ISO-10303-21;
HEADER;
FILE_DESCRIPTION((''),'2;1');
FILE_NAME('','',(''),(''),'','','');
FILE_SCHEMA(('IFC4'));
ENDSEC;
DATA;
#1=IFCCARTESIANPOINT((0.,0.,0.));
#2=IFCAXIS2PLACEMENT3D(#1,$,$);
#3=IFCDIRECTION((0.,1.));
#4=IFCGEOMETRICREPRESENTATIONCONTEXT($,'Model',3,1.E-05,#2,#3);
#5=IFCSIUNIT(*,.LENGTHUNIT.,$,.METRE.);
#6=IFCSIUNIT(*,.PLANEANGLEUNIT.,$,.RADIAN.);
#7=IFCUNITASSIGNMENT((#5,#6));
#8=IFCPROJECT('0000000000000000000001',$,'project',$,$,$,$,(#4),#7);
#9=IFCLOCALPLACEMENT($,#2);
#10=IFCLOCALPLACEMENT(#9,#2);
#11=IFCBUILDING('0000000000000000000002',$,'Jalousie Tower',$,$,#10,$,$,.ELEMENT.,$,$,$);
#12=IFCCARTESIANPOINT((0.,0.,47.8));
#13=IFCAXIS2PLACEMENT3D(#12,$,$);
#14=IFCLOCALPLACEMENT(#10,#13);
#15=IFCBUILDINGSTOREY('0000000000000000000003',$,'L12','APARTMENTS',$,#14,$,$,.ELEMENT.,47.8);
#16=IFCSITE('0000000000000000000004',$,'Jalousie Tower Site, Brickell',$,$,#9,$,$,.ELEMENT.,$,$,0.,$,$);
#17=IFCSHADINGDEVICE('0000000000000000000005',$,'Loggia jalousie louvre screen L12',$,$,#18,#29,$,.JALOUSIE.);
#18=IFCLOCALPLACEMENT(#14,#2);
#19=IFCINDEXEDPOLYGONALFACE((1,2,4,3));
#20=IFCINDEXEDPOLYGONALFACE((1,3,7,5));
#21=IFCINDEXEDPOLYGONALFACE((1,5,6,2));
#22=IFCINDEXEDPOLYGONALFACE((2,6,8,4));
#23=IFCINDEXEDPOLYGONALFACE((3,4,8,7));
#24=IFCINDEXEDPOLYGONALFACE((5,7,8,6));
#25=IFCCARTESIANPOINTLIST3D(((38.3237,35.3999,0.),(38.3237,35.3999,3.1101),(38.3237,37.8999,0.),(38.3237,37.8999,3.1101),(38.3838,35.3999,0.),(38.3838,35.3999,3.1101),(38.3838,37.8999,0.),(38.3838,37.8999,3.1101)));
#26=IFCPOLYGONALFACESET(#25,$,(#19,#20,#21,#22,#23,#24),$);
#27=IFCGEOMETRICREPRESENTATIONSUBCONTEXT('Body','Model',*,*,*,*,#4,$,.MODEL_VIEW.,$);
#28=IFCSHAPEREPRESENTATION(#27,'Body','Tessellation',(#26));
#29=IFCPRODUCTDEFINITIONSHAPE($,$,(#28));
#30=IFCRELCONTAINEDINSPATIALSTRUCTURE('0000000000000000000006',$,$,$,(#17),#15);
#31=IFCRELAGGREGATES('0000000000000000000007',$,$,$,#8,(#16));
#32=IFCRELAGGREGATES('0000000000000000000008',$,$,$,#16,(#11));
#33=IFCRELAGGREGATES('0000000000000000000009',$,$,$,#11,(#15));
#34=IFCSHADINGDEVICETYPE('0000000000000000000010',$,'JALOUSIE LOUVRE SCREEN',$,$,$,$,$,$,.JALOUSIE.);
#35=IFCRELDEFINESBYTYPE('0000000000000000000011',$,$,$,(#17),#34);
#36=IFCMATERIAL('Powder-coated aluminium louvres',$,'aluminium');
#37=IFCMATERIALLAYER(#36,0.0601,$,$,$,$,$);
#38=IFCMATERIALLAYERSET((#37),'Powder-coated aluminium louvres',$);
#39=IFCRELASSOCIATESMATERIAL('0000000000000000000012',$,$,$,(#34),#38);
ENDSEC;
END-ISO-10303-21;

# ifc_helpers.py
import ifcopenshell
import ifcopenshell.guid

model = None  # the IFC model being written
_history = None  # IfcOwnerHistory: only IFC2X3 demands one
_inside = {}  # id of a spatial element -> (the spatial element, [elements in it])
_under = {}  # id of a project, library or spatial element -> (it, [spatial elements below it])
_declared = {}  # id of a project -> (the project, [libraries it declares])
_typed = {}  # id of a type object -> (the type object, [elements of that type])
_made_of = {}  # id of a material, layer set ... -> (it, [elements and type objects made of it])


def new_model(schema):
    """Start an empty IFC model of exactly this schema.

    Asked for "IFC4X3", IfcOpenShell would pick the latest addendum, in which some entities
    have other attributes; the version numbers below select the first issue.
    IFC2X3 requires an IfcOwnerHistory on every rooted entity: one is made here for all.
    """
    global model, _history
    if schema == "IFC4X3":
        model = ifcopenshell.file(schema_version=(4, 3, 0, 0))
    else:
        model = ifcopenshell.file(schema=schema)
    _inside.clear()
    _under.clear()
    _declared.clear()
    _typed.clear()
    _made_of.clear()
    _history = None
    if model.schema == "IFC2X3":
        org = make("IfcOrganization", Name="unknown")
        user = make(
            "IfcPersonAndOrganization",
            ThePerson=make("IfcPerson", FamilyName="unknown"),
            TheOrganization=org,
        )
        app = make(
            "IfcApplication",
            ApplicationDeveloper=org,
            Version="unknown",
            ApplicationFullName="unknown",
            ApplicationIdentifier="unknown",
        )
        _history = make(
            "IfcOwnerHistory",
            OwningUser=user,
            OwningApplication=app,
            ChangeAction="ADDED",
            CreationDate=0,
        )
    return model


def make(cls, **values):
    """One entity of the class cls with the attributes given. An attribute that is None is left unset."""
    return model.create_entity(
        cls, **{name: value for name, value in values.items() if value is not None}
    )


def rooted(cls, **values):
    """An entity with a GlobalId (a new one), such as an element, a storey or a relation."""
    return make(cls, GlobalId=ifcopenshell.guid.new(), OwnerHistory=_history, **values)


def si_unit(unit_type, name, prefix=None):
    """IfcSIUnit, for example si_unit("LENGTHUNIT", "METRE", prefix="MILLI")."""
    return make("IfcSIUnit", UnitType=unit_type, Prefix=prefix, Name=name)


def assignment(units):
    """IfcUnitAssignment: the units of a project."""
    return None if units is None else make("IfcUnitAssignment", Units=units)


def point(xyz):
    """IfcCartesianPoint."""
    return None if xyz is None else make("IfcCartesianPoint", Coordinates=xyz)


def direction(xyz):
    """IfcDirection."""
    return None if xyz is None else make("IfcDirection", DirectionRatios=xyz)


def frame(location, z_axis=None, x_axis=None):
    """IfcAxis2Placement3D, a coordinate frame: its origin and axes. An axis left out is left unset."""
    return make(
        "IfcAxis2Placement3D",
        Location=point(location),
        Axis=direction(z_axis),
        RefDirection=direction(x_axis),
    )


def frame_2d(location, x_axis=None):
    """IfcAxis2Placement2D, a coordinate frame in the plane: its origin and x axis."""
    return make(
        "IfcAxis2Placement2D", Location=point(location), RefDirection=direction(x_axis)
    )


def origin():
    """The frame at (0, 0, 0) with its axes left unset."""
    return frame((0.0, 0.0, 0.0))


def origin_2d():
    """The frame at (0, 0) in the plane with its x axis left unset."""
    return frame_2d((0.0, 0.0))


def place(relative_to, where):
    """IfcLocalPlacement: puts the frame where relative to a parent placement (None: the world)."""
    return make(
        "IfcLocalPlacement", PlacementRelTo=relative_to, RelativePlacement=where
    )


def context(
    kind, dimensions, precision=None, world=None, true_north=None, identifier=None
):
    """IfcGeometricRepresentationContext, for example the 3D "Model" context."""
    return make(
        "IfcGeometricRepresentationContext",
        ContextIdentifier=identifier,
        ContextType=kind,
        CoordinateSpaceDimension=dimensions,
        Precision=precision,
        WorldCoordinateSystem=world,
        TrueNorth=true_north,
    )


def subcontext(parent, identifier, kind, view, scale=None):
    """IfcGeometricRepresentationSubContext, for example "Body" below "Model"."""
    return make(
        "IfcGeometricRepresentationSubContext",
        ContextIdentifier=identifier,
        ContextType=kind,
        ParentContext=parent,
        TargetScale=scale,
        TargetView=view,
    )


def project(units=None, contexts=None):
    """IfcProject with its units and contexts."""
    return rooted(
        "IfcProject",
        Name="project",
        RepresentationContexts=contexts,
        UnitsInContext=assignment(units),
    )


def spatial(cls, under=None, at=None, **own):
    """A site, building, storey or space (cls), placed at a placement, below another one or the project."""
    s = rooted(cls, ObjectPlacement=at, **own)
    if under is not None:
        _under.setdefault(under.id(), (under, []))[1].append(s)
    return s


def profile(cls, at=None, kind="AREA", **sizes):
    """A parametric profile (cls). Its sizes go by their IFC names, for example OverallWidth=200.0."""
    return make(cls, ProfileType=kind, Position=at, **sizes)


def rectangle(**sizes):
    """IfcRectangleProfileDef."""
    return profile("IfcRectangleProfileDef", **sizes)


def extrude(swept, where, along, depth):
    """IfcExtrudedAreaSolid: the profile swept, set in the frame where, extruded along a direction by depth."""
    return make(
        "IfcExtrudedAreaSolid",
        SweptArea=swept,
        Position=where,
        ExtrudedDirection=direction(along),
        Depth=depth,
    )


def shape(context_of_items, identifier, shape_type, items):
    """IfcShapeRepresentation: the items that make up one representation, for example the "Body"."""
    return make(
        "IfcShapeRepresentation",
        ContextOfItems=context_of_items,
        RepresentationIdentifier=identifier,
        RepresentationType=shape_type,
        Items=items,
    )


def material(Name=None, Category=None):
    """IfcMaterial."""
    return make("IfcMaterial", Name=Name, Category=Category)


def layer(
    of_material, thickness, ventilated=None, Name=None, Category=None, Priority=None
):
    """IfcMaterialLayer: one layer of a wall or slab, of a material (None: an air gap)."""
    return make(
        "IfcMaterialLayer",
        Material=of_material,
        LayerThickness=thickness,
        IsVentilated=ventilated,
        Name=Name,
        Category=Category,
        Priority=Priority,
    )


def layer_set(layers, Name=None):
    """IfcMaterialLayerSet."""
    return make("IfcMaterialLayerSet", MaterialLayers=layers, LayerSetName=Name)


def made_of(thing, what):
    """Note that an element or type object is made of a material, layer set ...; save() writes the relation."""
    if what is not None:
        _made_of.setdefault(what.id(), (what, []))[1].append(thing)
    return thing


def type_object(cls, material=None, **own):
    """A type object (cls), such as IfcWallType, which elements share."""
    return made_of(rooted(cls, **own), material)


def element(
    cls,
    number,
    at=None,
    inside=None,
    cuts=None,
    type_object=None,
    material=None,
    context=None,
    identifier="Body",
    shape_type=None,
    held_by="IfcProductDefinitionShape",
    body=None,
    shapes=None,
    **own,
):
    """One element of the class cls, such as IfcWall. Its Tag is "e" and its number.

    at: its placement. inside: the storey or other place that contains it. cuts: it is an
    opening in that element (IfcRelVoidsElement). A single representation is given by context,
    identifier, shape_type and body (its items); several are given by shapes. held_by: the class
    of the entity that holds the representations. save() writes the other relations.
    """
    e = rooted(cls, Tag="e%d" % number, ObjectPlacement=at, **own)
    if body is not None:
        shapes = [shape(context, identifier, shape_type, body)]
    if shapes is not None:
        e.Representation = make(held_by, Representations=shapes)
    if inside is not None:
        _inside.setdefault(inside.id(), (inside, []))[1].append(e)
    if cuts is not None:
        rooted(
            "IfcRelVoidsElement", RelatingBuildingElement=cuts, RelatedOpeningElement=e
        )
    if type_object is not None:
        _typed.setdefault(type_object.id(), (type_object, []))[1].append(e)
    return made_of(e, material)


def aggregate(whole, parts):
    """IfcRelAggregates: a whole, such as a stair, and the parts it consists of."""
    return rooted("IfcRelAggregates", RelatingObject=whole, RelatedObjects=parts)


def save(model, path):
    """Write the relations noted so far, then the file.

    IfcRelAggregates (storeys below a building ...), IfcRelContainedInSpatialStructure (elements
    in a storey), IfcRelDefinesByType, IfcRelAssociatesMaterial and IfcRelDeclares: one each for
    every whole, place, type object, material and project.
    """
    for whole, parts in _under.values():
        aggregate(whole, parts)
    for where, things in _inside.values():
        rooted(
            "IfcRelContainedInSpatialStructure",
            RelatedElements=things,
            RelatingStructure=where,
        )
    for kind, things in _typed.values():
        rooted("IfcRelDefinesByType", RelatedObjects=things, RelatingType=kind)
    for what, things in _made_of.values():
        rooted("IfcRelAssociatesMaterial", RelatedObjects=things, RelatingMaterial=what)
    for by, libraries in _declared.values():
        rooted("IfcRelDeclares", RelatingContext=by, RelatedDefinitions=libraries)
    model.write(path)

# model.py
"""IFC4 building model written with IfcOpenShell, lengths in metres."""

from ifc_helpers import new_model, si_unit, direction, frame, origin, origin_2d, place, context, subcontext, project, spatial, rectangle, extrude, material, layer, layer_set, type_object, element, save


model = new_model("IFC4")

# Units and contexts
model_context = context("Model", 3, precision=1e-05, world=origin(), true_north=direction((0.0, 1.0)))
body_context = subcontext(model_context, "Body", "Model", "MODEL_VIEW")
ifc_project = project(units=[si_unit("LENGTHUNIT", "METRE"), si_unit("PLANEANGLEUNIT", "RADIAN")], contexts=[model_context])

# Site, building, storey
site_placement = place(None, origin())
site = spatial("IfcSite", under=ifc_project, at=site_placement, Name="Jalousie Tower Site, Brickell", CompositionType="ELEMENT", RefElevation=0.0)
building_placement = place(site_placement, origin())
building = spatial("IfcBuilding", under=site, at=building_placement, Name="Jalousie Tower", CompositionType="ELEMENT")
storey_placement = place(building_placement, frame((0.0, 0.0, 47.8)))
storey = spatial("IfcBuildingStorey", under=building, at=storey_placement, Name="L12", Description="APARTMENTS", CompositionType="ELEMENT", Elevation=47.8)

# Shading device
ifc_material_1 = material(Name="Powder-coated aluminium louvres", Category="aluminium")
ifc_layer_1 = layer(ifc_material_1, 0.0601)
ifc_layer_set_1 = layer_set([ifc_layer_1], Name="Powder-coated aluminium louvres")
shading_device_type_1 = type_object("IfcShadingDeviceType", Name="JALOUSIE LOUVRE SCREEN", PredefinedType="JALOUSIE", material=ifc_layer_set_1)
for number, where, z_axis, x_axis, name in (
    (1, (38.3538, 36.6499, 0.0), (0.0, 0.0, 1.0), (-1.0, 0.0, 0.0), "Loggia jalousie louvre screen L12"),
):
    element("IfcShadingDevice", number, at=place(storey_placement, frame(where, z_axis=z_axis, x_axis=x_axis)), inside=storey, type_object=shading_device_type_1, Name=name, PredefinedType="JALOUSIE", context=body_context, shape_type="SweptSolid", body=[
        extrude(rectangle(XDim=0.0601, YDim=2.5, at=origin_2d()), origin(), (0.0, 0.0, 1.0), 3.1101),
    ])

save(model, "model.ifc")
